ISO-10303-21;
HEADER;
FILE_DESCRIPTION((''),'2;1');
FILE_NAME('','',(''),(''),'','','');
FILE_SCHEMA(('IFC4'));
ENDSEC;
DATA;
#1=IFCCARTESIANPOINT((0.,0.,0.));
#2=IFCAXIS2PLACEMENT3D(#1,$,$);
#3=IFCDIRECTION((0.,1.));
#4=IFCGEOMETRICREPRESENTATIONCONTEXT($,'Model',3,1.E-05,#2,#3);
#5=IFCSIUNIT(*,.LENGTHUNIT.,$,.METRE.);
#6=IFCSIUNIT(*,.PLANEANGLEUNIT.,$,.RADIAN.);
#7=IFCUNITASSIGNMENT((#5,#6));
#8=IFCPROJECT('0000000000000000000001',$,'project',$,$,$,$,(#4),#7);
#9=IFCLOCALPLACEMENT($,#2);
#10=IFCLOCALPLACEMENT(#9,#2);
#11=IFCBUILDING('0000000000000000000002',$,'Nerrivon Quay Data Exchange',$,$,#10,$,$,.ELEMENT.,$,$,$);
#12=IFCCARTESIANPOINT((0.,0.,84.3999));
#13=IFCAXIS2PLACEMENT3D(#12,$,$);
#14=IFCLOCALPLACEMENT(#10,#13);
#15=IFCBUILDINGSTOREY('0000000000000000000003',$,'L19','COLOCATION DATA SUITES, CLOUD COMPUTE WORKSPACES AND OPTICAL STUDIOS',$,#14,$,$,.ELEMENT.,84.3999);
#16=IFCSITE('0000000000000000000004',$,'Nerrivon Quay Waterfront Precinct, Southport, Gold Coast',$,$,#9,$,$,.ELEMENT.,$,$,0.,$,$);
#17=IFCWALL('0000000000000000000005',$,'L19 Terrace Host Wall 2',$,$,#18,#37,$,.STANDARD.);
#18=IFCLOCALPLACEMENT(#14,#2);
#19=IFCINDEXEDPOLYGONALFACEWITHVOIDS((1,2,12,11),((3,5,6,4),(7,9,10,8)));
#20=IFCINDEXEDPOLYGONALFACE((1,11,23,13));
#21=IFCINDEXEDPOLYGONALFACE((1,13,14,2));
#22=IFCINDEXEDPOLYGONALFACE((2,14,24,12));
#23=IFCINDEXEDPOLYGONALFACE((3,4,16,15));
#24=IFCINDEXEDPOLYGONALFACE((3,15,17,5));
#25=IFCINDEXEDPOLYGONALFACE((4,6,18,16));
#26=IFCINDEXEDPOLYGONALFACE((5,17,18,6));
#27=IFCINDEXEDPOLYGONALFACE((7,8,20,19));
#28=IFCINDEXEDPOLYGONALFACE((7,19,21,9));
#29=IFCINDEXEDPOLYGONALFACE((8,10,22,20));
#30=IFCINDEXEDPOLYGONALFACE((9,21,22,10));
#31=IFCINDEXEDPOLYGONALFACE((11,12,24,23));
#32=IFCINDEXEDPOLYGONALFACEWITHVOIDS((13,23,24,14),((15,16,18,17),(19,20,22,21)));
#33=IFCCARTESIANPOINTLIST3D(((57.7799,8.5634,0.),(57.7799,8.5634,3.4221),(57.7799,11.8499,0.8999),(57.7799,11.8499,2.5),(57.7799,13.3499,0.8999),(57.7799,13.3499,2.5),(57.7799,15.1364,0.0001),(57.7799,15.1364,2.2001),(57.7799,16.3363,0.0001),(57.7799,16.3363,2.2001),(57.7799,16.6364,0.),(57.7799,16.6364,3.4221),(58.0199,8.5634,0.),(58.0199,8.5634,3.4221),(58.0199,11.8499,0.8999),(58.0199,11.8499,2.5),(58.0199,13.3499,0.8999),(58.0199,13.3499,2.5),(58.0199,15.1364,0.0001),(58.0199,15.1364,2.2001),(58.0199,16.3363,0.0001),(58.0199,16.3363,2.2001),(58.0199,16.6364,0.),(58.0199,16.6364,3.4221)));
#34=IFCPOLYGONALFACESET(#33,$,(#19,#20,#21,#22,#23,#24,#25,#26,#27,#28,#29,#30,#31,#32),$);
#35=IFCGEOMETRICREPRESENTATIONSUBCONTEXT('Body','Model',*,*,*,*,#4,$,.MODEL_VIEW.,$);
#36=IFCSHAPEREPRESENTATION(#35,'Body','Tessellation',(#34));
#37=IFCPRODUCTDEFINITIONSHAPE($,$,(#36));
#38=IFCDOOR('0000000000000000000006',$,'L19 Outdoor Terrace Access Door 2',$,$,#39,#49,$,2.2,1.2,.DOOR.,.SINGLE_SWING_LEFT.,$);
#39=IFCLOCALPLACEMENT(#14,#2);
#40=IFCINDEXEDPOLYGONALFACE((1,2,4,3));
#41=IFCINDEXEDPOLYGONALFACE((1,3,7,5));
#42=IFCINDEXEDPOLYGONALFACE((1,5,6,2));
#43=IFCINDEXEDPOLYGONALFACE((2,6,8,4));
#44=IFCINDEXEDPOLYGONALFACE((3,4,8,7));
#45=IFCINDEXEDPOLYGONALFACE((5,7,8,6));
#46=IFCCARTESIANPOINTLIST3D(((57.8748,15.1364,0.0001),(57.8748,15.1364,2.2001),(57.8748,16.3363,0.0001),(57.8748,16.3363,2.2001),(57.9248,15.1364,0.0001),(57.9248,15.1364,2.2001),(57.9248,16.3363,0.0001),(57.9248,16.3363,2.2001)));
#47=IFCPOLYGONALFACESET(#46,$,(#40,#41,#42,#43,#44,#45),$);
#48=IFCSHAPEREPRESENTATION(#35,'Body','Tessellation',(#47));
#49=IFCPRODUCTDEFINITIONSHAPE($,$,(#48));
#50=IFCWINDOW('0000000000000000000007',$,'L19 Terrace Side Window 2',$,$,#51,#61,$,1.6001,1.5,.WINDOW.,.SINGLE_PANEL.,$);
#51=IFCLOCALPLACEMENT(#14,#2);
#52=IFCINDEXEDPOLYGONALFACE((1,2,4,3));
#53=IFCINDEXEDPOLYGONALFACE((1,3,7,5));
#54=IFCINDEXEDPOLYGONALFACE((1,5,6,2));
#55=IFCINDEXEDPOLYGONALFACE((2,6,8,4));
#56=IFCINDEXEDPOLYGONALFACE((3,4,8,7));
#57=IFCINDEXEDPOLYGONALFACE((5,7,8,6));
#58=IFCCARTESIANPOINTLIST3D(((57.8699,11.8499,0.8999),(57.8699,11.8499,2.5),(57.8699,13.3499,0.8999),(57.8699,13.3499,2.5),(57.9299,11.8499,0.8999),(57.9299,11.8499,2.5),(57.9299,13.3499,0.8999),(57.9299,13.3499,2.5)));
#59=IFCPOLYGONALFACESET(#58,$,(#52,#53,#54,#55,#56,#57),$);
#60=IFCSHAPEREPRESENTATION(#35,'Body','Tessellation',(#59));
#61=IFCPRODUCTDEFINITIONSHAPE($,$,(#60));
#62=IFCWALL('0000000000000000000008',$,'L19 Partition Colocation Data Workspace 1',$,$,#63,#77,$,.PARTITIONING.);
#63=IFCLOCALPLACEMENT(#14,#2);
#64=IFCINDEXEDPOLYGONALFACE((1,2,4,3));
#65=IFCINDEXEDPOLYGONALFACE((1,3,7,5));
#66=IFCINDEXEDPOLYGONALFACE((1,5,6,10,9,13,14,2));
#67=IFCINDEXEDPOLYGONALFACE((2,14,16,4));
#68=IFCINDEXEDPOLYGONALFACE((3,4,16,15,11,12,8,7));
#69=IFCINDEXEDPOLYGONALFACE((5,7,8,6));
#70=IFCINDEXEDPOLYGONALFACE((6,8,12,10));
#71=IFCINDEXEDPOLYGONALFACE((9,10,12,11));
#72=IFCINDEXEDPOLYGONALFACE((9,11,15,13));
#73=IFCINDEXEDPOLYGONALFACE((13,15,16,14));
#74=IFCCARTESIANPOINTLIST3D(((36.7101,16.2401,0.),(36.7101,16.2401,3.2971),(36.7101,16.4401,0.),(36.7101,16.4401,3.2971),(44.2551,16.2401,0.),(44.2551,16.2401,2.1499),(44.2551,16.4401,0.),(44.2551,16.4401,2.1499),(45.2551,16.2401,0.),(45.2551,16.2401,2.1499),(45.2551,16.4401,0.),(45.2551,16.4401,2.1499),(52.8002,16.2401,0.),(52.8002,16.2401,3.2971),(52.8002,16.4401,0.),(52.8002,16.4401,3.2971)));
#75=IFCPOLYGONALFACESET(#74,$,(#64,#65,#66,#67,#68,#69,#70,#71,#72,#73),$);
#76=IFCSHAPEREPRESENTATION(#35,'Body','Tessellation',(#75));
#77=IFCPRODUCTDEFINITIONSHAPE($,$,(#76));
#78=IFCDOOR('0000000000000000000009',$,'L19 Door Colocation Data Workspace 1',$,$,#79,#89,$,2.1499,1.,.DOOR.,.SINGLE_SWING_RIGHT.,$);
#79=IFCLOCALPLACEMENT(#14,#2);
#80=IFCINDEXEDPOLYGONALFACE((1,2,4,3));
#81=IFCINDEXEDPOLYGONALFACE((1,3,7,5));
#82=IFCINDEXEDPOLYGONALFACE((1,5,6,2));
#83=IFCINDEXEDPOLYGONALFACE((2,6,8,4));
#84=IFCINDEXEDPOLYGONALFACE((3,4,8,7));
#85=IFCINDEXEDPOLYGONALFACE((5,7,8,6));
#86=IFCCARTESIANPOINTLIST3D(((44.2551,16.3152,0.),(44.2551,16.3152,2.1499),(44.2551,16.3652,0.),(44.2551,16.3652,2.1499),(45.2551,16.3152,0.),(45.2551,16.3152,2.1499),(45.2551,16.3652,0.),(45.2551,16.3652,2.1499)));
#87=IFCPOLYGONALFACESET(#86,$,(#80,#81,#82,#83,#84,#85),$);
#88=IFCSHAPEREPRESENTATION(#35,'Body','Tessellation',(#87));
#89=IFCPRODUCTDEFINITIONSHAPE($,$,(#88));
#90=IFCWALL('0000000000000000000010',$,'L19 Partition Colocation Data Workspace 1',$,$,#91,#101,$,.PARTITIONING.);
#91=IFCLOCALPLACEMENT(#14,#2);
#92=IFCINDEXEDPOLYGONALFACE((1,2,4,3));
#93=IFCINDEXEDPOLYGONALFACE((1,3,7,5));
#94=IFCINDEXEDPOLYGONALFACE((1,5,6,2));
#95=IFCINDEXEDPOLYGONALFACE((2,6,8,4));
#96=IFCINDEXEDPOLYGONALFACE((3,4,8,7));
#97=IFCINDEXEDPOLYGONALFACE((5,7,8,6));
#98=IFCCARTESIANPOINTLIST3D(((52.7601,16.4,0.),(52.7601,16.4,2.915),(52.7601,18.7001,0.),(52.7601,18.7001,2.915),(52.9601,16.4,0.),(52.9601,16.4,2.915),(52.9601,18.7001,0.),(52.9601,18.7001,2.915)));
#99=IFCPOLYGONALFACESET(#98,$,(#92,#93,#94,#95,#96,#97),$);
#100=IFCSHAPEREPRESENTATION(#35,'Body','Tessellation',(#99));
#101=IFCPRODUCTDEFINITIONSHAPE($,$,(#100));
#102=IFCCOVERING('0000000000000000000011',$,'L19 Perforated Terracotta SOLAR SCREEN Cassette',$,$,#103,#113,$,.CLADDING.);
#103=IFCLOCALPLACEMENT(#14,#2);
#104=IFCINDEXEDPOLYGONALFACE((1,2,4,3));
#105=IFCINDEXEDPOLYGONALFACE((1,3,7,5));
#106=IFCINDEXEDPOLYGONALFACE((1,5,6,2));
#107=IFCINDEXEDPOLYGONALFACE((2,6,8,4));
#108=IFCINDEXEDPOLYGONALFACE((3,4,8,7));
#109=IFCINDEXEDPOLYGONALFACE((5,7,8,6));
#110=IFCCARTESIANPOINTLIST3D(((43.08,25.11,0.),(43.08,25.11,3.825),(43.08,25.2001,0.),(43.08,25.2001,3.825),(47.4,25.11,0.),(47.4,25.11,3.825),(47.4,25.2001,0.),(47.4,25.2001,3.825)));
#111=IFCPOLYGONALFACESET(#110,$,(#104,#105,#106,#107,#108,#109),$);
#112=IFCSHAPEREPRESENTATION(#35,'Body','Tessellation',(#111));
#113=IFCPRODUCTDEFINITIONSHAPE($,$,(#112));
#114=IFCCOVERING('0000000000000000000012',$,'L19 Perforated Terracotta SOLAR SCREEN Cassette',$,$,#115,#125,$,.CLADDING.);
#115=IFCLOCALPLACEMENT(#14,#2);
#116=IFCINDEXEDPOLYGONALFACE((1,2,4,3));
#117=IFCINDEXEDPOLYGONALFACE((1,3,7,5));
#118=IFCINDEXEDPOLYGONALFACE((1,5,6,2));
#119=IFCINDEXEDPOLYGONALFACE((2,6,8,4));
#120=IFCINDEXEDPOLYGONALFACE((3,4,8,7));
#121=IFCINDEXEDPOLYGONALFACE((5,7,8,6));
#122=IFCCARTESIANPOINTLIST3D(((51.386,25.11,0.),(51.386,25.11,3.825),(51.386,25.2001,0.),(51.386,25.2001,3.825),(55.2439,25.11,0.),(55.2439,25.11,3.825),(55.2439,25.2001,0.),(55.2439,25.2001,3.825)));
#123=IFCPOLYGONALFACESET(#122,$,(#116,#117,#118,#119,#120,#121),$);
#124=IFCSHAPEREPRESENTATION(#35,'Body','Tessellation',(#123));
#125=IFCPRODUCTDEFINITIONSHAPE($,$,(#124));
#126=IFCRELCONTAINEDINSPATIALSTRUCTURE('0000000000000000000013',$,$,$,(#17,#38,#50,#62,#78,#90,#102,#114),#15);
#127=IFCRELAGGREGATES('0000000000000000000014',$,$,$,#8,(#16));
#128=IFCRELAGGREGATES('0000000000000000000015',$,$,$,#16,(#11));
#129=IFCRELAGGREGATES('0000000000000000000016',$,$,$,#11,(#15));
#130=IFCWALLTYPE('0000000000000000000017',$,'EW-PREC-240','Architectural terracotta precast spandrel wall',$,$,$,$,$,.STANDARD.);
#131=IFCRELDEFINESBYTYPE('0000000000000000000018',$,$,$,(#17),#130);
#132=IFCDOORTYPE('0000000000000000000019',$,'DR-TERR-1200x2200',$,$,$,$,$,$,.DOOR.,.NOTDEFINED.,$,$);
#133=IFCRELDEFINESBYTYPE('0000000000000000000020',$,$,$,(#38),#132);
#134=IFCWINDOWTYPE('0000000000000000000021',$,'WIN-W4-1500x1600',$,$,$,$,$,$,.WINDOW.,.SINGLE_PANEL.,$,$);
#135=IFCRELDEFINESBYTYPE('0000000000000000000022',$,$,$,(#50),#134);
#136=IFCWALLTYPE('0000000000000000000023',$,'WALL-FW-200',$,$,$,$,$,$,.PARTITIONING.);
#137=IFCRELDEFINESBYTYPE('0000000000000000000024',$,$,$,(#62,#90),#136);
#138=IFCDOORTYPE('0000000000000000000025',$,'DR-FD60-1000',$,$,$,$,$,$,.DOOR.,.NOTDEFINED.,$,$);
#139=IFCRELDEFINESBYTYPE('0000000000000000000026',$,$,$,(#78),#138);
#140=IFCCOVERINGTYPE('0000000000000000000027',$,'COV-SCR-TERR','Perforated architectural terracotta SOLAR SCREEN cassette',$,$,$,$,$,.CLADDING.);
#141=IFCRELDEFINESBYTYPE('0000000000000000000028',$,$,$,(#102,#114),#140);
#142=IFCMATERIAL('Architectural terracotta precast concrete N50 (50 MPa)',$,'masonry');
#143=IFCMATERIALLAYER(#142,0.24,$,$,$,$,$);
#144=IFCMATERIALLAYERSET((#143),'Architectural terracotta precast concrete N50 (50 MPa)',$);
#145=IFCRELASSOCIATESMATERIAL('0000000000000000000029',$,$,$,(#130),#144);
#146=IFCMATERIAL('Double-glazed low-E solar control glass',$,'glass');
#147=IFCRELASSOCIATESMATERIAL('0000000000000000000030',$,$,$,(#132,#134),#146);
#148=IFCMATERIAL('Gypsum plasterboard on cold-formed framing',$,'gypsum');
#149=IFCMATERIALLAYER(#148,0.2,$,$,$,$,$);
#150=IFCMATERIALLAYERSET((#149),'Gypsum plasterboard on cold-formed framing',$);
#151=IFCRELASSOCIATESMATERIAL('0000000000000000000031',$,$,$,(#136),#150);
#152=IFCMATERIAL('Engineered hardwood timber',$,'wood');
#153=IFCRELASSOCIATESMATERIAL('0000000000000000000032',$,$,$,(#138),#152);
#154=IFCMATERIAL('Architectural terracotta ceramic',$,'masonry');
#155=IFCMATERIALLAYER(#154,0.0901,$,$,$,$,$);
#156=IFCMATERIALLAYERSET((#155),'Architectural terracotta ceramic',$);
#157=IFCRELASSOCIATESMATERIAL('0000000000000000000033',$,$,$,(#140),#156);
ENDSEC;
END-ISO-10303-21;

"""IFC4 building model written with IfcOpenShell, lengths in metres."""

from ifc_helpers import new_model, si_unit, direction, frame, frame_2d, origin, origin_2d, place, context, subcontext, project, spatial, rectangle, extrude, material, layer, layer_set, type_object, element, fill, save


model = new_model("IFC4")

# Units and contexts
model_context = context("Model", 3, precision=1e-05, world=origin(), true_north=direction((0.0, 1.0)))
body_context = subcontext(model_context, "Body", "Model", "MODEL_VIEW")
ifc_project = project(units=[si_unit("LENGTHUNIT", "METRE"), si_unit("PLANEANGLEUNIT", "RADIAN")], contexts=[model_context])

# Site, building, storey
site_placement = place(None, origin())
site = spatial("IfcSite", under=ifc_project, at=site_placement, Name="Nerrivon Quay Waterfront Precinct, Southport, Gold Coast", CompositionType="ELEMENT", RefElevation=0.0)
building_placement = place(site_placement, origin())
building = spatial("IfcBuilding", under=site, at=building_placement, Name="Nerrivon Quay Data Exchange", CompositionType="ELEMENT")
storey_placement = place(building_placement, frame((0.0, 0.0, 84.3999)))
storey = spatial("IfcBuildingStorey", under=building, at=storey_placement, Name="L19", Description="COLOCATION DATA SUITES, CLOUD COMPUTE WORKSPACES AND OPTICAL STUDIOS", CompositionType="ELEMENT", Elevation=84.3999)

# Shared definitions
ifc_material_1 = material(Name="Double-glazed low-E solar control glass", Category="glass")

# Wall, openings, door, window
ifc_material_2 = material(Name="Architectural terracotta precast concrete N50 (50 MPa)", Category="masonry")
ifc_layer_1 = layer(ifc_material_2, 0.24)
ifc_layer_set_1 = layer_set([ifc_layer_1], Name="Architectural terracotta precast concrete N50 (50 MPa)")
wall_type_1 = type_object("IfcWallType", Name="EW-PREC-240", Description="Architectural terracotta precast spandrel wall", PredefinedType="STANDARD", material=ifc_layer_set_1)
door_type_1 = type_object("IfcDoorType", Name="DR-TERR-1200x2200", OperationType="NOTDEFINED", PredefinedType="DOOR", material=ifc_material_1)
wall_1_placement = place(storey_placement, frame((57.8999, 16.6365, 0.0), z_axis=(0.0, 0.0, 1.0), x_axis=(0.0, -1.0, 0.0)))
wall_1 = element("IfcWall", 1, at=wall_1_placement, inside=storey, type_object=wall_type_1, Name="L19 Terrace Host Wall 2", PredefinedType="STANDARD", context=body_context, shape_type="SweptSolid", body=[
    extrude(rectangle(XDim=8.073, YDim=0.24, at=frame_2d((4.0366, 0.0))), origin(), (0.0, 0.0, 1.0), 3.4221),
])
opening_1_placement = place(wall_1_placement, frame((0.3, 0.0, 0.0)))
opening_1 = element("IfcOpeningElement", 2, at=opening_1_placement, cuts=wall_1, PredefinedType="OPENING", context=body_context, shape_type="SweptSolid", body=[
    extrude(rectangle(XDim=1.2, YDim=2.2, at=frame_2d((0.6001, 1.1001))), frame((0.0, 0.1299, 0.0), z_axis=(0.0, -1.0, 0.0), x_axis=(1.0, 0.0, 0.0)), (0.0, 0.0, 1.0), 0.26),
])
opening_2_placement = place(wall_1_placement, frame((3.2866, 0.0, 0.8999)))
opening_2 = element("IfcOpeningElement", 3, at=opening_2_placement, cuts=wall_1, PredefinedType="OPENING", context=body_context, shape_type="SweptSolid", body=[
    extrude(rectangle(XDim=1.5, YDim=1.6001, at=frame_2d((0.75, 0.8))), frame((0.0, 0.1299, 0.0), z_axis=(0.0, -1.0, 0.0), x_axis=(1.0, 0.0, 0.0)), (0.0, 0.0, 1.0), 0.26),
])
door_1_placement = place(opening_1_placement, origin())
door_1 = element("IfcDoor", 4, at=door_1_placement, inside=storey, type_object=door_type_1, Name="L19 Outdoor Terrace Access Door 2", OperationType="SINGLE_SWING_LEFT", OverallHeight=2.2, OverallWidth=1.2, PredefinedType="DOOR", context=body_context, shape_type="SweptSolid", body=[
    extrude(rectangle(XDim=1.2, YDim=2.2, at=frame_2d((0.6001, 1.1001))), frame((0.0, 0.0249, 0.0), z_axis=(0.0, -1.0, 0.0), x_axis=(1.0, 0.0, 0.0)), (0.0, 0.0, 1.0), 0.05),
])
fill(opening_1, door_1)
window_type_1 = type_object("IfcWindowType", Name="WIN-W4-1500x1600", PartitioningType="SINGLE_PANEL", PredefinedType="WINDOW", material=ifc_material_1)
window_1_placement = place(opening_2_placement, origin())
window_1 = element("IfcWindow", 5, at=window_1_placement, inside=storey, type_object=window_type_1, Name="L19 Terrace Side Window 2", OverallHeight=1.6001, OverallWidth=1.5, PartitioningType="SINGLE_PANEL", PredefinedType="WINDOW", context=body_context, shape_type="SweptSolid", body=[
    extrude(rectangle(XDim=1.5, YDim=1.6001, at=frame_2d((0.75, 0.8))), frame((0.0, 0.03, 0.0), z_axis=(0.0, -1.0, 0.0), x_axis=(1.0, 0.0, 0.0)), (0.0, 0.0, 1.0), 0.0601),
])
fill(opening_2, window_1)

# Wall, opening, door
ifc_material_3 = material(Name="Gypsum plasterboard on cold-formed framing", Category="gypsum")
ifc_layer_2 = layer(ifc_material_3, 0.2)
ifc_layer_set_2 = layer_set([ifc_layer_2], Name="Gypsum plasterboard on cold-formed framing")
wall_type_2 = type_object("IfcWallType", Name="WALL-FW-200", PredefinedType="PARTITIONING", material=ifc_layer_set_2)
wall_2_placement = place(storey_placement, frame((52.8, 16.3401, 0.0), z_axis=(0.0, 0.0, 1.0), x_axis=(-1.0, 0.0, 0.0)))
wall_2 = element("IfcWall", 6, at=wall_2_placement, inside=storey, type_object=wall_type_2, Name="L19 Partition Colocation Data Workspace 1", PredefinedType="PARTITIONING", context=body_context, shape_type="SweptSolid", body=[
    extrude(rectangle(XDim=16.0901, YDim=0.2, at=frame_2d((8.0449, 0.0))), origin(), (0.0, 0.0, 1.0), 3.2971),
])
opening_3_placement = place(wall_2_placement, frame((7.5449, 0.0, 0.0)))
opening_3 = element("IfcOpeningElement", 7, at=opening_3_placement, cuts=wall_2, PredefinedType="OPENING", context=body_context, shape_type="SweptSolid", body=[
    extrude(rectangle(XDim=1.0, YDim=2.1499, at=frame_2d((0.5, 1.075))), frame((0.0, 0.1099, 0.0), z_axis=(0.0, -1.0, 0.0), x_axis=(1.0, 0.0, 0.0)), (0.0, 0.0, 1.0), 0.22),
])
ifc_material_4 = material(Name="Engineered hardwood timber", Category="wood")
door_type_2 = type_object("IfcDoorType", Name="DR-FD60-1000", OperationType="NOTDEFINED", PredefinedType="DOOR", material=ifc_material_4)
door_2_placement = place(opening_3_placement, origin())
door_2 = element("IfcDoor", 8, at=door_2_placement, inside=storey, type_object=door_type_2, Name="L19 Door Colocation Data Workspace 1", OperationType="SINGLE_SWING_RIGHT", OverallHeight=2.1499, OverallWidth=1.0, PredefinedType="DOOR", context=body_context, shape_type="SweptSolid", body=[
    extrude(rectangle(XDim=1.0, YDim=2.1499, at=frame_2d((0.5, 1.075))), frame((0.0, 0.0249, 0.0), z_axis=(0.0, -1.0, 0.0), x_axis=(1.0, 0.0, 0.0)), (0.0, 0.0, 1.0), 0.05),
])
fill(opening_3, door_2)

# Wall
wall_3_placement = place(storey_placement, frame((52.8601, 18.7, 0.0), z_axis=(0.0, 0.0, 1.0), x_axis=(0.0, -1.0, 0.0)))
element("IfcWall", 9, at=wall_3_placement, inside=storey, type_object=wall_type_2, Name="L19 Partition Colocation Data Workspace 1", PredefinedType="PARTITIONING", context=body_context, shape_type="SweptSolid", body=[
    extrude(rectangle(XDim=2.3, YDim=0.2, at=frame_2d((1.1499, 0.0))), origin(), (0.0, 0.0, 1.0), 2.915),
])

# Coverings
ifc_material_5 = material(Name="Architectural terracotta ceramic", Category="masonry")
ifc_layer_3 = layer(ifc_material_5, 0.0901)
ifc_layer_set_3 = layer_set([ifc_layer_3], Name="Architectural terracotta ceramic")
covering_type = type_object("IfcCoveringType", Name="COV-SCR-TERR", Description="Perforated architectural terracotta SOLAR SCREEN cassette", PredefinedType="CLADDING", material=ifc_layer_set_3)
covering_1_placement = place(storey_placement, frame((45.24, 25.155, 0.0), z_axis=(0.0, 0.0, 1.0), x_axis=(1.0, 0.0, 0.0)))
element("IfcCovering", 10, at=covering_1_placement, inside=storey, type_object=covering_type, Name="L19 Perforated Terracotta SOLAR SCREEN Cassette", PredefinedType="CLADDING", context=body_context, shape_type="SweptSolid", body=[
    extrude(rectangle(XDim=4.3201, YDim=0.0901, at=origin_2d()), origin(), (0.0, 0.0, 1.0), 3.825),
])
covering_2_placement = place(storey_placement, frame((53.3149, 25.155, 0.0), z_axis=(0.0, 0.0, 1.0), x_axis=(1.0, 0.0, 0.0)))
element("IfcCovering", 11, at=covering_2_placement, inside=storey, type_object=covering_type, Name="L19 Perforated Terracotta SOLAR SCREEN Cassette", PredefinedType="CLADDING", context=body_context, shape_type="SweptSolid", body=[
    extrude(rectangle(XDim=3.8579, YDim=0.0901, at=origin_2d()), origin(), (0.0, 0.0, 1.0), 3.825),
])

save(model, "model.ifc")
